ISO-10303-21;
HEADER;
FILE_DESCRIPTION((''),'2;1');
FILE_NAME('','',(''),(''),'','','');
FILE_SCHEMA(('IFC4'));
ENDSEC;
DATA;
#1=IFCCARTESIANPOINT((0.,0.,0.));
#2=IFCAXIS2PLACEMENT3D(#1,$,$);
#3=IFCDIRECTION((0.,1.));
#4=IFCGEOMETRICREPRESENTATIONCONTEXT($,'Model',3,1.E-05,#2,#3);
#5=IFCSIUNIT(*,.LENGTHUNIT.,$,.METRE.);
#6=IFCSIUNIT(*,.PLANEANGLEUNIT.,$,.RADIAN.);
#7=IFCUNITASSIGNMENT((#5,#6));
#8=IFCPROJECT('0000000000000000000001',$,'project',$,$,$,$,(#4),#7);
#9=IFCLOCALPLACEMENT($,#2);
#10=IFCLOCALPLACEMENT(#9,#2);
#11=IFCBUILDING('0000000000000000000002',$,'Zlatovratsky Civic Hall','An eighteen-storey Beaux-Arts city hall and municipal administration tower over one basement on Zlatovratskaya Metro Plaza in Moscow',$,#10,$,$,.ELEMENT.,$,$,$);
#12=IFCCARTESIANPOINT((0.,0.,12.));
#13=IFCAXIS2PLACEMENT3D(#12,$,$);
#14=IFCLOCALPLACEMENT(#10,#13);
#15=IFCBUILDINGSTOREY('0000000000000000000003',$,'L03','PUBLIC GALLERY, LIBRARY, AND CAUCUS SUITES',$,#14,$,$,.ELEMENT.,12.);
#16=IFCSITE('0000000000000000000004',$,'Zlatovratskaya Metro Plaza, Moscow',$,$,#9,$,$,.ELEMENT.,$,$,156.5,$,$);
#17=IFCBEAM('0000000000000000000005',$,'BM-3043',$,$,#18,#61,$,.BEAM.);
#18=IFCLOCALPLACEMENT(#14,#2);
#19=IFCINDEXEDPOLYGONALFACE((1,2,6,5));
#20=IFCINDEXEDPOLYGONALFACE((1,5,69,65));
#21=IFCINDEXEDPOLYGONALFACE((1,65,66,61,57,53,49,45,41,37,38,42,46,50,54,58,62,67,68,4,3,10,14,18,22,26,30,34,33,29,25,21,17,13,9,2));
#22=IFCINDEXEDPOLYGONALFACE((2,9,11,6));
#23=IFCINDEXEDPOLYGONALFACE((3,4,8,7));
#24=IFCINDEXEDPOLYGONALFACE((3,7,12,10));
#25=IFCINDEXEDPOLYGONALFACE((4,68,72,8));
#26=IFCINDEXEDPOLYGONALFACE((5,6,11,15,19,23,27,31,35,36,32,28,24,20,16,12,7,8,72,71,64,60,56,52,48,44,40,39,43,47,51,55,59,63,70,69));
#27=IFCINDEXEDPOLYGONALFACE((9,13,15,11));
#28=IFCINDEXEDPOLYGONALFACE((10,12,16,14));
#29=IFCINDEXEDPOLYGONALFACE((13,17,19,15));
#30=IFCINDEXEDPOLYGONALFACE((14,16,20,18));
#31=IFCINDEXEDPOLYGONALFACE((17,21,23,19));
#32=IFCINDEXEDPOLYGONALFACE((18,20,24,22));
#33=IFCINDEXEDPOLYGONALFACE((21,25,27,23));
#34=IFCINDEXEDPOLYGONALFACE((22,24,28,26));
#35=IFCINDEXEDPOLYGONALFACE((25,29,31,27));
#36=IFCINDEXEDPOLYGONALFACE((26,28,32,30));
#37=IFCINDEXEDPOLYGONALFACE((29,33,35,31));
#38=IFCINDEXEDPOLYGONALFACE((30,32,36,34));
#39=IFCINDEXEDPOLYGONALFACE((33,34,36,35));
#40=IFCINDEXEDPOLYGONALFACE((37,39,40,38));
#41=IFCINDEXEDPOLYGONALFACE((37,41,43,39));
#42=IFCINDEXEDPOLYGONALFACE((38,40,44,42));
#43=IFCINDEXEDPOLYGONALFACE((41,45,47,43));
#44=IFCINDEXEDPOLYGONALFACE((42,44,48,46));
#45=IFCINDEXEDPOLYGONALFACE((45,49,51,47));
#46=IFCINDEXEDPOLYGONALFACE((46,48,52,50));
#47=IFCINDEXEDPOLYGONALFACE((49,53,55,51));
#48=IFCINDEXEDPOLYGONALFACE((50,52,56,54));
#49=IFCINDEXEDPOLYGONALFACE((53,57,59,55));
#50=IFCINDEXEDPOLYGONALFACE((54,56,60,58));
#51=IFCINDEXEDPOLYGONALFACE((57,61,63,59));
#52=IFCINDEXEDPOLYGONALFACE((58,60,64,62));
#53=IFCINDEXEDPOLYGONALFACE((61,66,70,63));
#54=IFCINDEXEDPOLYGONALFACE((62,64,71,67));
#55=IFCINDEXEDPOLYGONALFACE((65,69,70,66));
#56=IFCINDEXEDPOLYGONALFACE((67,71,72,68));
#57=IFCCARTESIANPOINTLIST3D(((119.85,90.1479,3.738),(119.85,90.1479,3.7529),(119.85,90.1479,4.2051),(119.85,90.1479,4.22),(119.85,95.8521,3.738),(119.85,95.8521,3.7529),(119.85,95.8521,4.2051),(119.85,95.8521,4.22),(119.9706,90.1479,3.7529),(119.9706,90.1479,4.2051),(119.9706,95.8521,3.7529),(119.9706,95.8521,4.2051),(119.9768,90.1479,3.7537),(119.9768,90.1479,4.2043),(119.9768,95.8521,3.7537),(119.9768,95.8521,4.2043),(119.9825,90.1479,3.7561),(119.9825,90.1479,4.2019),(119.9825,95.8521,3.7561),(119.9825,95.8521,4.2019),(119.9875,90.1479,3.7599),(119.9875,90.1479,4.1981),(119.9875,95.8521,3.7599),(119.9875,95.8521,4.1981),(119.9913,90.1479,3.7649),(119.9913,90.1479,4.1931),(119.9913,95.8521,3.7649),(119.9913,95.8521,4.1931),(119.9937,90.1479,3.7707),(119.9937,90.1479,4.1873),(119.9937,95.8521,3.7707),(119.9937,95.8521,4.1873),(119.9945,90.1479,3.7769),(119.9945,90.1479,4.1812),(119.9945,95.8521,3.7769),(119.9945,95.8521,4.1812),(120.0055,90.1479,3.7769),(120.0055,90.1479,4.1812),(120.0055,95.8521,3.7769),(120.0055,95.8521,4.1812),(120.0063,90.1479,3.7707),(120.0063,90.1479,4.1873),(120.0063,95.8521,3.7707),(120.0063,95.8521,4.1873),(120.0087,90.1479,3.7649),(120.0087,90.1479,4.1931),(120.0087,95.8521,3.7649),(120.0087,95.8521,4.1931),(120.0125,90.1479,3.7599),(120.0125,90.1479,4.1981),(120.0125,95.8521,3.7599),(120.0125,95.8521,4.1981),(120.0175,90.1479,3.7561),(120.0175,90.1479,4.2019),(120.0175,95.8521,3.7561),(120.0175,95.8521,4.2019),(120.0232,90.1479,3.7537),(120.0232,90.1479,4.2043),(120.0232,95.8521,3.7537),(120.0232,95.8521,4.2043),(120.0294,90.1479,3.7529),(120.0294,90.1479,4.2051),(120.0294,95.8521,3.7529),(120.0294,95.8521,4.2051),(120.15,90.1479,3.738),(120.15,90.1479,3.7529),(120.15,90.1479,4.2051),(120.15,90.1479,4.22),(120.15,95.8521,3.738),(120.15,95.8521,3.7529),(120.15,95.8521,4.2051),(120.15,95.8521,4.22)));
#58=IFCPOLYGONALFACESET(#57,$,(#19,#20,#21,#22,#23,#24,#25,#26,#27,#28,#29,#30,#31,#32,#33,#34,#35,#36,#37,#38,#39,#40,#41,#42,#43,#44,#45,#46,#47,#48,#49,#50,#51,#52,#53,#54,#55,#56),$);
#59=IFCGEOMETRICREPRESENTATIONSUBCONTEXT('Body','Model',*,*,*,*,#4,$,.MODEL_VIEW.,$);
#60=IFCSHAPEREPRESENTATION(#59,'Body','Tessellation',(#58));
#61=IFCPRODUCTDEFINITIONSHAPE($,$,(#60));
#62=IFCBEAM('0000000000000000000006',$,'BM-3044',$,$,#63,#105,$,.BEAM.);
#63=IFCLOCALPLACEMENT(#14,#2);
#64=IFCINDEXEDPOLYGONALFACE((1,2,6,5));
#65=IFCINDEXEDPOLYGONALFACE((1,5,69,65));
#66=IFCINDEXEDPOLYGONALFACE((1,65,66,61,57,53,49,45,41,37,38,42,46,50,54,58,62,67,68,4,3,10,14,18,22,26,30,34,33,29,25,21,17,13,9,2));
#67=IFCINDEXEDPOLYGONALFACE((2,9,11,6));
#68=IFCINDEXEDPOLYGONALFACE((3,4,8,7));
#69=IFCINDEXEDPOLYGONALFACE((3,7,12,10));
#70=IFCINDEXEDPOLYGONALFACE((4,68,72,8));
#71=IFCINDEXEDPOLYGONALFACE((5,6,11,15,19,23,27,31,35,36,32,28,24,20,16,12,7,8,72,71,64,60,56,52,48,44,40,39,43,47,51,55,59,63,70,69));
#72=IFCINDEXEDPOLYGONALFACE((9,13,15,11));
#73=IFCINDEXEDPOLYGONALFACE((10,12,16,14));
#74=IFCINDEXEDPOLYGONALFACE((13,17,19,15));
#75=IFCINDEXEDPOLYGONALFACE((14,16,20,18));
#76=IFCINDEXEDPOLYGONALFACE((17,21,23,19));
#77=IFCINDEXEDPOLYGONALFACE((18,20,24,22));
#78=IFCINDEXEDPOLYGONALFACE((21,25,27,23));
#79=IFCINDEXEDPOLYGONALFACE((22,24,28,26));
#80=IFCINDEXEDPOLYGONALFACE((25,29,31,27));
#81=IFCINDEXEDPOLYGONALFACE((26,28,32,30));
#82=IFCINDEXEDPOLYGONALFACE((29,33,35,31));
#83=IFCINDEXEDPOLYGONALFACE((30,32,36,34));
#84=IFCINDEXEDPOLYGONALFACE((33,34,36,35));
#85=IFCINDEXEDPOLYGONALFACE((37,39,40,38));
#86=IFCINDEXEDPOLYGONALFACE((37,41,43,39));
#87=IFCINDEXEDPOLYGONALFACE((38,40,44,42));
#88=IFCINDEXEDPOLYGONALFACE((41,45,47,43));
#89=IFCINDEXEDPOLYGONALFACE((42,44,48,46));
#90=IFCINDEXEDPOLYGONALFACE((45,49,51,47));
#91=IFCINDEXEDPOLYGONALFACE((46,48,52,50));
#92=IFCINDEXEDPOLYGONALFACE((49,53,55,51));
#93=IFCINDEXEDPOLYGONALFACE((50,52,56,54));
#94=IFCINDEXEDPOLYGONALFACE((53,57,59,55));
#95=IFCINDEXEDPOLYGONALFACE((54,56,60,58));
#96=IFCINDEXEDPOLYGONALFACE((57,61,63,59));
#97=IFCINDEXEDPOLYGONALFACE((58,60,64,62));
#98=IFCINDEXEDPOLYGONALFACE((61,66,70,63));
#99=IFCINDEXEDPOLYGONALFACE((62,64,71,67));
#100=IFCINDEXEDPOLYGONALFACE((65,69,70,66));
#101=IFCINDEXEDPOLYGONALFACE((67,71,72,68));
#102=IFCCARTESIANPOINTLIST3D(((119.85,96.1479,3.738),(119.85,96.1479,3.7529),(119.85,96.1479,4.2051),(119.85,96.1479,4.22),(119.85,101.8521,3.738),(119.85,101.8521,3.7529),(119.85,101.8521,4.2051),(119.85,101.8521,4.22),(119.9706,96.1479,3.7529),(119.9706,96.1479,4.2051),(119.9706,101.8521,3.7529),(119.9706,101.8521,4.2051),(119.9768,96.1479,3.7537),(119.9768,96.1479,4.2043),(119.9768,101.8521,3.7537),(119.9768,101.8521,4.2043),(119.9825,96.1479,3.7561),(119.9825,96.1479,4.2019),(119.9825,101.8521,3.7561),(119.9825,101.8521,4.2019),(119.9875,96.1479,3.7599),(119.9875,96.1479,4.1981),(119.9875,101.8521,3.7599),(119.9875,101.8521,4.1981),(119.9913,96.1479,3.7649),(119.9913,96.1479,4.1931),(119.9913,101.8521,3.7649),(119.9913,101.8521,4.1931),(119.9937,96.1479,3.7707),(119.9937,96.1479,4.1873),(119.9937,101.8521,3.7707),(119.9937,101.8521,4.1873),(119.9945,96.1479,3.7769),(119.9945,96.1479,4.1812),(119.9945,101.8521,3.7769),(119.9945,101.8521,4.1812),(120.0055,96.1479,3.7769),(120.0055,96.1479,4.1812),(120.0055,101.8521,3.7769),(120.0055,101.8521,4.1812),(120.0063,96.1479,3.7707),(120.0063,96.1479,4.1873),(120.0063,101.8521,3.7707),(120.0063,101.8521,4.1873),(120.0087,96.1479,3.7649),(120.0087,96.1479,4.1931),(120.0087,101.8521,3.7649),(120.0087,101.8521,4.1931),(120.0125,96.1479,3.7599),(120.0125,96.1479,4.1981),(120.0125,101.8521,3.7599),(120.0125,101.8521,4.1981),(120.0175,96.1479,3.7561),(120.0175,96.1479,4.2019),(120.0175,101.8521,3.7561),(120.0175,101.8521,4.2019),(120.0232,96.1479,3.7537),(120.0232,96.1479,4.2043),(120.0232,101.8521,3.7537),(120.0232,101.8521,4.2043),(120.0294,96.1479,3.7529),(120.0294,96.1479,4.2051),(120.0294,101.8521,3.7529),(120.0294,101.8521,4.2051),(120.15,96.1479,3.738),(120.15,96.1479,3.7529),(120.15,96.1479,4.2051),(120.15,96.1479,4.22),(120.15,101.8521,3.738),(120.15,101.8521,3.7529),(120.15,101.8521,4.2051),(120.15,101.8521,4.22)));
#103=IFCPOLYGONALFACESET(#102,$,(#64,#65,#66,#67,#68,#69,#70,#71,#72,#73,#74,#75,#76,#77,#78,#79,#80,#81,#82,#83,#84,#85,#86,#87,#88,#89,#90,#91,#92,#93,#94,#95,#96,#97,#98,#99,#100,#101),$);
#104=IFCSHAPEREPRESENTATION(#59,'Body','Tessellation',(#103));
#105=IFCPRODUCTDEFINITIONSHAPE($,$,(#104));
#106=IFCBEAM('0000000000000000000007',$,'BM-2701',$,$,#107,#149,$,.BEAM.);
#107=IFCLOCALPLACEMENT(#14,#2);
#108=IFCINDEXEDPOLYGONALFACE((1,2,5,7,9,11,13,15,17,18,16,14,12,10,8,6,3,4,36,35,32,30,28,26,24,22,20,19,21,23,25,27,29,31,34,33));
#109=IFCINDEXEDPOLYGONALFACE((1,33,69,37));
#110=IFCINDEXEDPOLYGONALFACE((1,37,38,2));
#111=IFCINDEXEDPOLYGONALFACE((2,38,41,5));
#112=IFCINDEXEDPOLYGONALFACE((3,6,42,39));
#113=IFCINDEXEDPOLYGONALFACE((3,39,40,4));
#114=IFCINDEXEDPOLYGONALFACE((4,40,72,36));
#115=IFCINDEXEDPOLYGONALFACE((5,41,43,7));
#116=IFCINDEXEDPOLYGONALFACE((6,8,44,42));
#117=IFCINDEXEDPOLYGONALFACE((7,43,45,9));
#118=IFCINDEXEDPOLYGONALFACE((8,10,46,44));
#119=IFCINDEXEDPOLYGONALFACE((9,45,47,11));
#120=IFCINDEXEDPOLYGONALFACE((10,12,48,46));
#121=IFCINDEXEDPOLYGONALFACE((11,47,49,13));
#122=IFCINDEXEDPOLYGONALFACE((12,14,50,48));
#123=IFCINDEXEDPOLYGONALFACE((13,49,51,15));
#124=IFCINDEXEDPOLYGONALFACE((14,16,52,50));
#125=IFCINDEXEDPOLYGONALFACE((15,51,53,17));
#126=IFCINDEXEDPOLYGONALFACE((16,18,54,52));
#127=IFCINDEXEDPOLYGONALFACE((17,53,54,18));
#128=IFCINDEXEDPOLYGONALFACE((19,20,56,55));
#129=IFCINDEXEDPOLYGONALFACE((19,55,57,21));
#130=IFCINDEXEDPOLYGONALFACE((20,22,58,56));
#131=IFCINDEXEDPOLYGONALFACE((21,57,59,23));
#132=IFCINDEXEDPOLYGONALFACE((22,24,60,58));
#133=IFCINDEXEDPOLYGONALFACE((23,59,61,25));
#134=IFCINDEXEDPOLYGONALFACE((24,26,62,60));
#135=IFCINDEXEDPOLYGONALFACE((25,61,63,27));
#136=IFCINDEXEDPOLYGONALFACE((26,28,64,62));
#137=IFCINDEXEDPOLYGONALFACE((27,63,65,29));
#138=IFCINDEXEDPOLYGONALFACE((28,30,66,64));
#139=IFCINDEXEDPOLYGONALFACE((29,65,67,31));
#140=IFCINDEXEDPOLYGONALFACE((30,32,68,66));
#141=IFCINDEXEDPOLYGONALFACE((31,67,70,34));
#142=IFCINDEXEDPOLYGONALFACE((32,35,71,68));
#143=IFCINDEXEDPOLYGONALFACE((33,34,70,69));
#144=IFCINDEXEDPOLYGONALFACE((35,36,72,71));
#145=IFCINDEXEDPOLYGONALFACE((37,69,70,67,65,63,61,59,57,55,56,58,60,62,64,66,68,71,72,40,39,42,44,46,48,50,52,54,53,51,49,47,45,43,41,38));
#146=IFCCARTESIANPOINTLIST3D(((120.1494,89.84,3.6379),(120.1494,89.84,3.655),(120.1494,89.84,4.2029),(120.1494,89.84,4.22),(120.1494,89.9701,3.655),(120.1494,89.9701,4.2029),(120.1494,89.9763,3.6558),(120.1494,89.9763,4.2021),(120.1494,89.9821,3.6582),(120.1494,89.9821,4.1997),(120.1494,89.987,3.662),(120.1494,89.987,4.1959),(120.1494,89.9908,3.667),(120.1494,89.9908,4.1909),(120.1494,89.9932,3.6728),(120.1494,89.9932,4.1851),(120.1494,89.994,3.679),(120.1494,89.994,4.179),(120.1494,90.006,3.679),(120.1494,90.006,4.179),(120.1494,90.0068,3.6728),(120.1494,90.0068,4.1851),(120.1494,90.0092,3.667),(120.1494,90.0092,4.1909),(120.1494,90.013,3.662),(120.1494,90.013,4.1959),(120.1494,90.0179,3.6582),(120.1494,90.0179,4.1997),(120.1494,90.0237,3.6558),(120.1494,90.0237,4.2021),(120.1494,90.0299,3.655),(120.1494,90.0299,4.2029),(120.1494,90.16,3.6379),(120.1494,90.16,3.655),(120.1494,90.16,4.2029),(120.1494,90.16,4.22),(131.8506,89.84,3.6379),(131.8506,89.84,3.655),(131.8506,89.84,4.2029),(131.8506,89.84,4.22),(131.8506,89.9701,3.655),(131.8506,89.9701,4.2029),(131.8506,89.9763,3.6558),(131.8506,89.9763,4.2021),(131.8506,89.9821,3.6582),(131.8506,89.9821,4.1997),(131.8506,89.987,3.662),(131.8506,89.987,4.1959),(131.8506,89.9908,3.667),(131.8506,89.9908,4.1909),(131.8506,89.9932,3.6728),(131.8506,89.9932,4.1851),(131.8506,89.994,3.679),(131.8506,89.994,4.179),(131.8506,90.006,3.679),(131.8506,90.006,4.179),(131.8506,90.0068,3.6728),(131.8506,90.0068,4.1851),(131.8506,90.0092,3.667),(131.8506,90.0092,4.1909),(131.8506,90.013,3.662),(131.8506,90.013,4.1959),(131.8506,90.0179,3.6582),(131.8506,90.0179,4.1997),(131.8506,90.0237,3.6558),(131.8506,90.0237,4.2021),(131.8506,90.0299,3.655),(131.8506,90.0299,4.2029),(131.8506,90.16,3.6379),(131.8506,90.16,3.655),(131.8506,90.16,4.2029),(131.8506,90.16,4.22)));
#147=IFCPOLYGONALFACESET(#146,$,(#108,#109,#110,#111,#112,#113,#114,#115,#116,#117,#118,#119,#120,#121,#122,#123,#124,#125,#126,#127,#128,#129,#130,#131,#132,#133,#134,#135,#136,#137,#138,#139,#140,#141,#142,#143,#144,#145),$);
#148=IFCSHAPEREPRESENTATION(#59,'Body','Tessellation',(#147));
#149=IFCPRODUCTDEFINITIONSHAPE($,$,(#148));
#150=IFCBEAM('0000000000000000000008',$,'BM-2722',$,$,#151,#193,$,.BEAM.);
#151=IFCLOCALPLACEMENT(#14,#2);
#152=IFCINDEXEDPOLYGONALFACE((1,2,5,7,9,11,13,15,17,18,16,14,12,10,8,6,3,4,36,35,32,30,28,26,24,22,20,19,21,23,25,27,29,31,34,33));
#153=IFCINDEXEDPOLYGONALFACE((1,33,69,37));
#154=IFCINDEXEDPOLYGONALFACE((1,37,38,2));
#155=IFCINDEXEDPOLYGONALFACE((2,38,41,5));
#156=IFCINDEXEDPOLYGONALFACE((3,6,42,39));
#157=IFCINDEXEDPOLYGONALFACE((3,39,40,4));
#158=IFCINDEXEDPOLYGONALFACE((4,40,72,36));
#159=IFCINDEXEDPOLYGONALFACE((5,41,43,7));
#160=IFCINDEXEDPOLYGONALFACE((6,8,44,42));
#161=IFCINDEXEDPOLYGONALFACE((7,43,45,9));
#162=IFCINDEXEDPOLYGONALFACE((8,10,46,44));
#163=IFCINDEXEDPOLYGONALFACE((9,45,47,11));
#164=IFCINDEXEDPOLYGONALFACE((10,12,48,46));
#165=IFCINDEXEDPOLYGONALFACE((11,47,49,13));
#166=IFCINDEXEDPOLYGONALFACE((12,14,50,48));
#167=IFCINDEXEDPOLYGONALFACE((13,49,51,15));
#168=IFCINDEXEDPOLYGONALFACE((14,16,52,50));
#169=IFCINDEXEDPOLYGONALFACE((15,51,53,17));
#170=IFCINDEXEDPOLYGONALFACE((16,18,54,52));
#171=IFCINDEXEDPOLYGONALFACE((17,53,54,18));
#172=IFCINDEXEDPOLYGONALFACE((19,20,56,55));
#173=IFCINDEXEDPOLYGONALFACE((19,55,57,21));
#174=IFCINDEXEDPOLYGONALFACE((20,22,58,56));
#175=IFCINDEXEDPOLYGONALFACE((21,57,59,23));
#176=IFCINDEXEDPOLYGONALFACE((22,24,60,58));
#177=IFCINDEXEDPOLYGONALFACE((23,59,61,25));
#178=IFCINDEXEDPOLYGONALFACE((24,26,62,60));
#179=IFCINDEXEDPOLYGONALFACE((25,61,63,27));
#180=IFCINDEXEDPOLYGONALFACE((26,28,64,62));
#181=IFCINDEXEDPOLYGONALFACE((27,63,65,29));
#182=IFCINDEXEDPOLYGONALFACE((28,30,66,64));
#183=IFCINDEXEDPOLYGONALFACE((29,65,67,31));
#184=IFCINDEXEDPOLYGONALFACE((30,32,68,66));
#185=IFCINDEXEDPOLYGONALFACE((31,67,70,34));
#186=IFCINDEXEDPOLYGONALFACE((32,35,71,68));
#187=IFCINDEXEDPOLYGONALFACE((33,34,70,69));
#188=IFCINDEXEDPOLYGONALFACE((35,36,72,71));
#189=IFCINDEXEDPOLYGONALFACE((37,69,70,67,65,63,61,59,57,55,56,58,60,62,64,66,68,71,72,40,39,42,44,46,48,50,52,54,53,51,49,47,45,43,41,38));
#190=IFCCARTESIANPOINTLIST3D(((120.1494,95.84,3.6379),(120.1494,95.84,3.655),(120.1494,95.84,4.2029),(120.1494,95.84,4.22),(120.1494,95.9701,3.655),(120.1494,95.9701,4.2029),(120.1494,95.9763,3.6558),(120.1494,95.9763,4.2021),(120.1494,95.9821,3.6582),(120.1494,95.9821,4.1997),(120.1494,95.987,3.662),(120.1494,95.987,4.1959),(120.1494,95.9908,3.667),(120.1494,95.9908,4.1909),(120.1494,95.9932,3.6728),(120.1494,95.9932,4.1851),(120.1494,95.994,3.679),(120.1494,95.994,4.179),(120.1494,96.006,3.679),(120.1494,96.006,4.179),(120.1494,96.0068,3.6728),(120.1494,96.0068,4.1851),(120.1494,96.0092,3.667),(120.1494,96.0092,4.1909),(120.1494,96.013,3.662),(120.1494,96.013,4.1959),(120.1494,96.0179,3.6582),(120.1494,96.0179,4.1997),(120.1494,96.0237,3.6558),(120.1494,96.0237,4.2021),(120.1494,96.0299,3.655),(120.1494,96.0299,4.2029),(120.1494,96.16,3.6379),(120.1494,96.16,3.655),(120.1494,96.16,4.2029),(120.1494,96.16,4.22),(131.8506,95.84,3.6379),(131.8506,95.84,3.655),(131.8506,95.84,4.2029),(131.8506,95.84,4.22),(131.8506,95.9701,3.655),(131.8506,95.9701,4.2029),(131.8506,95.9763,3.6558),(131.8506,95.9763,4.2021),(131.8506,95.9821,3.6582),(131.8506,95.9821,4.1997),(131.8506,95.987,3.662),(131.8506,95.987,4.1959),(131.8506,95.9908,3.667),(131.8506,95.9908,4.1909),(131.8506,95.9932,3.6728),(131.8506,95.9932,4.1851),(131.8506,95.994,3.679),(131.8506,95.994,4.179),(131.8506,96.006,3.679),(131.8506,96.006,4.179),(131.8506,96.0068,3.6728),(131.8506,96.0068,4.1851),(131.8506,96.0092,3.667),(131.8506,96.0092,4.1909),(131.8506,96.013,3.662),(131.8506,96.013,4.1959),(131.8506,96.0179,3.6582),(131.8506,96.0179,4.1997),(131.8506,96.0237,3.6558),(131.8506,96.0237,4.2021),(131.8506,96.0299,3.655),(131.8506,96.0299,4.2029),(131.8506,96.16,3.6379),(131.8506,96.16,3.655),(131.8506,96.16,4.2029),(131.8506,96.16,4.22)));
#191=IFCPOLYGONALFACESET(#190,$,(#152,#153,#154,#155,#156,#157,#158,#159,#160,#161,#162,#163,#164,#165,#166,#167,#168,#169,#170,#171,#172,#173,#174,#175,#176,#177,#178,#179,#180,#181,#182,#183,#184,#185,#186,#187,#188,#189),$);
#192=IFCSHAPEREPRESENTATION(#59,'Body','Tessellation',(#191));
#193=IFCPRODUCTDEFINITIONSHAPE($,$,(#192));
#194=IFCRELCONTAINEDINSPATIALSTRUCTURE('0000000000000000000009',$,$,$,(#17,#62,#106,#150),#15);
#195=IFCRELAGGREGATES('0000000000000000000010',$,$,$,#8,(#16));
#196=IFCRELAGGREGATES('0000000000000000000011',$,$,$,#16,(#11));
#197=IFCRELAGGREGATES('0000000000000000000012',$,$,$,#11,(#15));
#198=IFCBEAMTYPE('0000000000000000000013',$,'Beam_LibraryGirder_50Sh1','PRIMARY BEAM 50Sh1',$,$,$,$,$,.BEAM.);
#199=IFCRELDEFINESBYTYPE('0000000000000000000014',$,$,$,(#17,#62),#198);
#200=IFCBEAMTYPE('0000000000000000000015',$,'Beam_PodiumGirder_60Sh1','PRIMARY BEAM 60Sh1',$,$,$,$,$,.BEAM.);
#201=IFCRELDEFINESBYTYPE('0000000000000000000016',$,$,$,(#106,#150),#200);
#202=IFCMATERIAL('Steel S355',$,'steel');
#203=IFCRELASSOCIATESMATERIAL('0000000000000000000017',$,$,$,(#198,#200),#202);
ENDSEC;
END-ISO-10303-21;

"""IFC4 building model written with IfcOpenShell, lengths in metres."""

from ifc_helpers import new_model, si_unit, direction, frame, origin, origin_2d, place, context, subcontext, project, spatial, i_section, extrude, material, material_profile, profile_set, type_object, element, save


model = new_model("IFC4")

# Units and contexts
model_context = context("Model", 3, precision=1e-05, world=origin(), true_north=direction((0.0, 1.0)))
body_context = subcontext(model_context, "Body", "Model", "MODEL_VIEW")
ifc_project = project(units=[si_unit("LENGTHUNIT", "METRE"), si_unit("PLANEANGLEUNIT", "RADIAN")], contexts=[model_context])

# Site, building, storey
site_placement = place(None, origin())
site = spatial("IfcSite", under=ifc_project, at=site_placement, Name="Zlatovratskaya Metro Plaza, Moscow", CompositionType="ELEMENT", RefElevation=156.5)
building_placement = place(site_placement, origin())
building = spatial("IfcBuilding", under=site, at=building_placement, Name="Zlatovratsky Civic Hall", Description="An eighteen-storey Beaux-Arts city hall and municipal administration tower over one basement on Zlatovratskaya Metro Plaza in Moscow", CompositionType="ELEMENT")
storey_placement = place(building_placement, frame((0.0, 0.0, 12.0)))
storey = spatial("IfcBuildingStorey", under=building, at=storey_placement, Name="L03", Description="PUBLIC GALLERY, LIBRARY, AND CAUCUS SUITES", CompositionType="ELEMENT", Elevation=12.0)

# Shared definitions
ifc_material_1 = material(Name="Steel S355", Category="steel")

# Beams
ifc_material_profile_1 = material_profile(ifc_material_1, i_section(OverallWidth=0.3, OverallDepth=0.4819, WebThickness=0.011, FlangeThickness=0.0149, FilletRadius=0.0239, at=origin_2d()), Name="50Sh1")
ifc_profile_set_1 = profile_set([ifc_material_profile_1], Name="Steel S355")
beam_type_1 = type_object("IfcBeamType", Name="Beam_LibraryGirder_50Sh1", Description="PRIMARY BEAM 50Sh1", PredefinedType="BEAM", material=ifc_profile_set_1)
for number, where, z_axis, x_axis, name in (
    (1, (120.0, 90.1479, 3.979), (0.0, 1.0, 0.0), (-1.0, 0.0, 0.0), "BM-3043"),
    (2, (120.0, 96.1479, 3.979), (0.0, 1.0, 0.0), (-1.0, 0.0, 0.0), "BM-3044"),
):
    element("IfcBeam", number, at=place(storey_placement, frame(where, z_axis=z_axis, x_axis=x_axis)), inside=storey, type_object=beam_type_1, Name=name, PredefinedType="BEAM", context=body_context, shape_type="SweptSolid", body=[
        extrude(i_section(OverallWidth=0.3, OverallDepth=0.4819, WebThickness=0.011, FlangeThickness=0.0149, FilletRadius=0.0239, at=origin_2d()), origin(), (0.0, 0.0, 1.0), 5.7041),
    ])
ifc_material_profile_2 = material_profile(ifc_material_1, i_section(OverallWidth=0.3201, OverallDepth=0.582, WebThickness=0.012, FlangeThickness=0.0171, FilletRadius=0.0239, at=origin_2d()), Name="60Sh1")
ifc_profile_set_2 = profile_set([ifc_material_profile_2], Name="Steel S355")
beam_type_2 = type_object("IfcBeamType", Name="Beam_PodiumGirder_60Sh1", Description="PRIMARY BEAM 60Sh1", PredefinedType="BEAM", material=ifc_profile_set_2)
for number, where, z_axis, x_axis, name in (
    (3, (120.1494, 90.0, 3.929), (1.0, 0.0, 0.0), (0.0, 1.0, 0.0), "BM-2701"),
    (4, (120.1494, 96.0, 3.929), (1.0, 0.0, 0.0), (0.0, 1.0, 0.0), "BM-2722"),
):
    element("IfcBeam", number, at=place(storey_placement, frame(where, z_axis=z_axis, x_axis=x_axis)), inside=storey, type_object=beam_type_2, Name=name, PredefinedType="BEAM", context=body_context, shape_type="SweptSolid", body=[
        extrude(i_section(OverallWidth=0.3201, OverallDepth=0.582, WebThickness=0.012, FlangeThickness=0.0171, FilletRadius=0.0239, at=origin_2d()), origin(), (0.0, 0.0, 1.0), 11.7012),
    ])

save(model, "model.ifc")
